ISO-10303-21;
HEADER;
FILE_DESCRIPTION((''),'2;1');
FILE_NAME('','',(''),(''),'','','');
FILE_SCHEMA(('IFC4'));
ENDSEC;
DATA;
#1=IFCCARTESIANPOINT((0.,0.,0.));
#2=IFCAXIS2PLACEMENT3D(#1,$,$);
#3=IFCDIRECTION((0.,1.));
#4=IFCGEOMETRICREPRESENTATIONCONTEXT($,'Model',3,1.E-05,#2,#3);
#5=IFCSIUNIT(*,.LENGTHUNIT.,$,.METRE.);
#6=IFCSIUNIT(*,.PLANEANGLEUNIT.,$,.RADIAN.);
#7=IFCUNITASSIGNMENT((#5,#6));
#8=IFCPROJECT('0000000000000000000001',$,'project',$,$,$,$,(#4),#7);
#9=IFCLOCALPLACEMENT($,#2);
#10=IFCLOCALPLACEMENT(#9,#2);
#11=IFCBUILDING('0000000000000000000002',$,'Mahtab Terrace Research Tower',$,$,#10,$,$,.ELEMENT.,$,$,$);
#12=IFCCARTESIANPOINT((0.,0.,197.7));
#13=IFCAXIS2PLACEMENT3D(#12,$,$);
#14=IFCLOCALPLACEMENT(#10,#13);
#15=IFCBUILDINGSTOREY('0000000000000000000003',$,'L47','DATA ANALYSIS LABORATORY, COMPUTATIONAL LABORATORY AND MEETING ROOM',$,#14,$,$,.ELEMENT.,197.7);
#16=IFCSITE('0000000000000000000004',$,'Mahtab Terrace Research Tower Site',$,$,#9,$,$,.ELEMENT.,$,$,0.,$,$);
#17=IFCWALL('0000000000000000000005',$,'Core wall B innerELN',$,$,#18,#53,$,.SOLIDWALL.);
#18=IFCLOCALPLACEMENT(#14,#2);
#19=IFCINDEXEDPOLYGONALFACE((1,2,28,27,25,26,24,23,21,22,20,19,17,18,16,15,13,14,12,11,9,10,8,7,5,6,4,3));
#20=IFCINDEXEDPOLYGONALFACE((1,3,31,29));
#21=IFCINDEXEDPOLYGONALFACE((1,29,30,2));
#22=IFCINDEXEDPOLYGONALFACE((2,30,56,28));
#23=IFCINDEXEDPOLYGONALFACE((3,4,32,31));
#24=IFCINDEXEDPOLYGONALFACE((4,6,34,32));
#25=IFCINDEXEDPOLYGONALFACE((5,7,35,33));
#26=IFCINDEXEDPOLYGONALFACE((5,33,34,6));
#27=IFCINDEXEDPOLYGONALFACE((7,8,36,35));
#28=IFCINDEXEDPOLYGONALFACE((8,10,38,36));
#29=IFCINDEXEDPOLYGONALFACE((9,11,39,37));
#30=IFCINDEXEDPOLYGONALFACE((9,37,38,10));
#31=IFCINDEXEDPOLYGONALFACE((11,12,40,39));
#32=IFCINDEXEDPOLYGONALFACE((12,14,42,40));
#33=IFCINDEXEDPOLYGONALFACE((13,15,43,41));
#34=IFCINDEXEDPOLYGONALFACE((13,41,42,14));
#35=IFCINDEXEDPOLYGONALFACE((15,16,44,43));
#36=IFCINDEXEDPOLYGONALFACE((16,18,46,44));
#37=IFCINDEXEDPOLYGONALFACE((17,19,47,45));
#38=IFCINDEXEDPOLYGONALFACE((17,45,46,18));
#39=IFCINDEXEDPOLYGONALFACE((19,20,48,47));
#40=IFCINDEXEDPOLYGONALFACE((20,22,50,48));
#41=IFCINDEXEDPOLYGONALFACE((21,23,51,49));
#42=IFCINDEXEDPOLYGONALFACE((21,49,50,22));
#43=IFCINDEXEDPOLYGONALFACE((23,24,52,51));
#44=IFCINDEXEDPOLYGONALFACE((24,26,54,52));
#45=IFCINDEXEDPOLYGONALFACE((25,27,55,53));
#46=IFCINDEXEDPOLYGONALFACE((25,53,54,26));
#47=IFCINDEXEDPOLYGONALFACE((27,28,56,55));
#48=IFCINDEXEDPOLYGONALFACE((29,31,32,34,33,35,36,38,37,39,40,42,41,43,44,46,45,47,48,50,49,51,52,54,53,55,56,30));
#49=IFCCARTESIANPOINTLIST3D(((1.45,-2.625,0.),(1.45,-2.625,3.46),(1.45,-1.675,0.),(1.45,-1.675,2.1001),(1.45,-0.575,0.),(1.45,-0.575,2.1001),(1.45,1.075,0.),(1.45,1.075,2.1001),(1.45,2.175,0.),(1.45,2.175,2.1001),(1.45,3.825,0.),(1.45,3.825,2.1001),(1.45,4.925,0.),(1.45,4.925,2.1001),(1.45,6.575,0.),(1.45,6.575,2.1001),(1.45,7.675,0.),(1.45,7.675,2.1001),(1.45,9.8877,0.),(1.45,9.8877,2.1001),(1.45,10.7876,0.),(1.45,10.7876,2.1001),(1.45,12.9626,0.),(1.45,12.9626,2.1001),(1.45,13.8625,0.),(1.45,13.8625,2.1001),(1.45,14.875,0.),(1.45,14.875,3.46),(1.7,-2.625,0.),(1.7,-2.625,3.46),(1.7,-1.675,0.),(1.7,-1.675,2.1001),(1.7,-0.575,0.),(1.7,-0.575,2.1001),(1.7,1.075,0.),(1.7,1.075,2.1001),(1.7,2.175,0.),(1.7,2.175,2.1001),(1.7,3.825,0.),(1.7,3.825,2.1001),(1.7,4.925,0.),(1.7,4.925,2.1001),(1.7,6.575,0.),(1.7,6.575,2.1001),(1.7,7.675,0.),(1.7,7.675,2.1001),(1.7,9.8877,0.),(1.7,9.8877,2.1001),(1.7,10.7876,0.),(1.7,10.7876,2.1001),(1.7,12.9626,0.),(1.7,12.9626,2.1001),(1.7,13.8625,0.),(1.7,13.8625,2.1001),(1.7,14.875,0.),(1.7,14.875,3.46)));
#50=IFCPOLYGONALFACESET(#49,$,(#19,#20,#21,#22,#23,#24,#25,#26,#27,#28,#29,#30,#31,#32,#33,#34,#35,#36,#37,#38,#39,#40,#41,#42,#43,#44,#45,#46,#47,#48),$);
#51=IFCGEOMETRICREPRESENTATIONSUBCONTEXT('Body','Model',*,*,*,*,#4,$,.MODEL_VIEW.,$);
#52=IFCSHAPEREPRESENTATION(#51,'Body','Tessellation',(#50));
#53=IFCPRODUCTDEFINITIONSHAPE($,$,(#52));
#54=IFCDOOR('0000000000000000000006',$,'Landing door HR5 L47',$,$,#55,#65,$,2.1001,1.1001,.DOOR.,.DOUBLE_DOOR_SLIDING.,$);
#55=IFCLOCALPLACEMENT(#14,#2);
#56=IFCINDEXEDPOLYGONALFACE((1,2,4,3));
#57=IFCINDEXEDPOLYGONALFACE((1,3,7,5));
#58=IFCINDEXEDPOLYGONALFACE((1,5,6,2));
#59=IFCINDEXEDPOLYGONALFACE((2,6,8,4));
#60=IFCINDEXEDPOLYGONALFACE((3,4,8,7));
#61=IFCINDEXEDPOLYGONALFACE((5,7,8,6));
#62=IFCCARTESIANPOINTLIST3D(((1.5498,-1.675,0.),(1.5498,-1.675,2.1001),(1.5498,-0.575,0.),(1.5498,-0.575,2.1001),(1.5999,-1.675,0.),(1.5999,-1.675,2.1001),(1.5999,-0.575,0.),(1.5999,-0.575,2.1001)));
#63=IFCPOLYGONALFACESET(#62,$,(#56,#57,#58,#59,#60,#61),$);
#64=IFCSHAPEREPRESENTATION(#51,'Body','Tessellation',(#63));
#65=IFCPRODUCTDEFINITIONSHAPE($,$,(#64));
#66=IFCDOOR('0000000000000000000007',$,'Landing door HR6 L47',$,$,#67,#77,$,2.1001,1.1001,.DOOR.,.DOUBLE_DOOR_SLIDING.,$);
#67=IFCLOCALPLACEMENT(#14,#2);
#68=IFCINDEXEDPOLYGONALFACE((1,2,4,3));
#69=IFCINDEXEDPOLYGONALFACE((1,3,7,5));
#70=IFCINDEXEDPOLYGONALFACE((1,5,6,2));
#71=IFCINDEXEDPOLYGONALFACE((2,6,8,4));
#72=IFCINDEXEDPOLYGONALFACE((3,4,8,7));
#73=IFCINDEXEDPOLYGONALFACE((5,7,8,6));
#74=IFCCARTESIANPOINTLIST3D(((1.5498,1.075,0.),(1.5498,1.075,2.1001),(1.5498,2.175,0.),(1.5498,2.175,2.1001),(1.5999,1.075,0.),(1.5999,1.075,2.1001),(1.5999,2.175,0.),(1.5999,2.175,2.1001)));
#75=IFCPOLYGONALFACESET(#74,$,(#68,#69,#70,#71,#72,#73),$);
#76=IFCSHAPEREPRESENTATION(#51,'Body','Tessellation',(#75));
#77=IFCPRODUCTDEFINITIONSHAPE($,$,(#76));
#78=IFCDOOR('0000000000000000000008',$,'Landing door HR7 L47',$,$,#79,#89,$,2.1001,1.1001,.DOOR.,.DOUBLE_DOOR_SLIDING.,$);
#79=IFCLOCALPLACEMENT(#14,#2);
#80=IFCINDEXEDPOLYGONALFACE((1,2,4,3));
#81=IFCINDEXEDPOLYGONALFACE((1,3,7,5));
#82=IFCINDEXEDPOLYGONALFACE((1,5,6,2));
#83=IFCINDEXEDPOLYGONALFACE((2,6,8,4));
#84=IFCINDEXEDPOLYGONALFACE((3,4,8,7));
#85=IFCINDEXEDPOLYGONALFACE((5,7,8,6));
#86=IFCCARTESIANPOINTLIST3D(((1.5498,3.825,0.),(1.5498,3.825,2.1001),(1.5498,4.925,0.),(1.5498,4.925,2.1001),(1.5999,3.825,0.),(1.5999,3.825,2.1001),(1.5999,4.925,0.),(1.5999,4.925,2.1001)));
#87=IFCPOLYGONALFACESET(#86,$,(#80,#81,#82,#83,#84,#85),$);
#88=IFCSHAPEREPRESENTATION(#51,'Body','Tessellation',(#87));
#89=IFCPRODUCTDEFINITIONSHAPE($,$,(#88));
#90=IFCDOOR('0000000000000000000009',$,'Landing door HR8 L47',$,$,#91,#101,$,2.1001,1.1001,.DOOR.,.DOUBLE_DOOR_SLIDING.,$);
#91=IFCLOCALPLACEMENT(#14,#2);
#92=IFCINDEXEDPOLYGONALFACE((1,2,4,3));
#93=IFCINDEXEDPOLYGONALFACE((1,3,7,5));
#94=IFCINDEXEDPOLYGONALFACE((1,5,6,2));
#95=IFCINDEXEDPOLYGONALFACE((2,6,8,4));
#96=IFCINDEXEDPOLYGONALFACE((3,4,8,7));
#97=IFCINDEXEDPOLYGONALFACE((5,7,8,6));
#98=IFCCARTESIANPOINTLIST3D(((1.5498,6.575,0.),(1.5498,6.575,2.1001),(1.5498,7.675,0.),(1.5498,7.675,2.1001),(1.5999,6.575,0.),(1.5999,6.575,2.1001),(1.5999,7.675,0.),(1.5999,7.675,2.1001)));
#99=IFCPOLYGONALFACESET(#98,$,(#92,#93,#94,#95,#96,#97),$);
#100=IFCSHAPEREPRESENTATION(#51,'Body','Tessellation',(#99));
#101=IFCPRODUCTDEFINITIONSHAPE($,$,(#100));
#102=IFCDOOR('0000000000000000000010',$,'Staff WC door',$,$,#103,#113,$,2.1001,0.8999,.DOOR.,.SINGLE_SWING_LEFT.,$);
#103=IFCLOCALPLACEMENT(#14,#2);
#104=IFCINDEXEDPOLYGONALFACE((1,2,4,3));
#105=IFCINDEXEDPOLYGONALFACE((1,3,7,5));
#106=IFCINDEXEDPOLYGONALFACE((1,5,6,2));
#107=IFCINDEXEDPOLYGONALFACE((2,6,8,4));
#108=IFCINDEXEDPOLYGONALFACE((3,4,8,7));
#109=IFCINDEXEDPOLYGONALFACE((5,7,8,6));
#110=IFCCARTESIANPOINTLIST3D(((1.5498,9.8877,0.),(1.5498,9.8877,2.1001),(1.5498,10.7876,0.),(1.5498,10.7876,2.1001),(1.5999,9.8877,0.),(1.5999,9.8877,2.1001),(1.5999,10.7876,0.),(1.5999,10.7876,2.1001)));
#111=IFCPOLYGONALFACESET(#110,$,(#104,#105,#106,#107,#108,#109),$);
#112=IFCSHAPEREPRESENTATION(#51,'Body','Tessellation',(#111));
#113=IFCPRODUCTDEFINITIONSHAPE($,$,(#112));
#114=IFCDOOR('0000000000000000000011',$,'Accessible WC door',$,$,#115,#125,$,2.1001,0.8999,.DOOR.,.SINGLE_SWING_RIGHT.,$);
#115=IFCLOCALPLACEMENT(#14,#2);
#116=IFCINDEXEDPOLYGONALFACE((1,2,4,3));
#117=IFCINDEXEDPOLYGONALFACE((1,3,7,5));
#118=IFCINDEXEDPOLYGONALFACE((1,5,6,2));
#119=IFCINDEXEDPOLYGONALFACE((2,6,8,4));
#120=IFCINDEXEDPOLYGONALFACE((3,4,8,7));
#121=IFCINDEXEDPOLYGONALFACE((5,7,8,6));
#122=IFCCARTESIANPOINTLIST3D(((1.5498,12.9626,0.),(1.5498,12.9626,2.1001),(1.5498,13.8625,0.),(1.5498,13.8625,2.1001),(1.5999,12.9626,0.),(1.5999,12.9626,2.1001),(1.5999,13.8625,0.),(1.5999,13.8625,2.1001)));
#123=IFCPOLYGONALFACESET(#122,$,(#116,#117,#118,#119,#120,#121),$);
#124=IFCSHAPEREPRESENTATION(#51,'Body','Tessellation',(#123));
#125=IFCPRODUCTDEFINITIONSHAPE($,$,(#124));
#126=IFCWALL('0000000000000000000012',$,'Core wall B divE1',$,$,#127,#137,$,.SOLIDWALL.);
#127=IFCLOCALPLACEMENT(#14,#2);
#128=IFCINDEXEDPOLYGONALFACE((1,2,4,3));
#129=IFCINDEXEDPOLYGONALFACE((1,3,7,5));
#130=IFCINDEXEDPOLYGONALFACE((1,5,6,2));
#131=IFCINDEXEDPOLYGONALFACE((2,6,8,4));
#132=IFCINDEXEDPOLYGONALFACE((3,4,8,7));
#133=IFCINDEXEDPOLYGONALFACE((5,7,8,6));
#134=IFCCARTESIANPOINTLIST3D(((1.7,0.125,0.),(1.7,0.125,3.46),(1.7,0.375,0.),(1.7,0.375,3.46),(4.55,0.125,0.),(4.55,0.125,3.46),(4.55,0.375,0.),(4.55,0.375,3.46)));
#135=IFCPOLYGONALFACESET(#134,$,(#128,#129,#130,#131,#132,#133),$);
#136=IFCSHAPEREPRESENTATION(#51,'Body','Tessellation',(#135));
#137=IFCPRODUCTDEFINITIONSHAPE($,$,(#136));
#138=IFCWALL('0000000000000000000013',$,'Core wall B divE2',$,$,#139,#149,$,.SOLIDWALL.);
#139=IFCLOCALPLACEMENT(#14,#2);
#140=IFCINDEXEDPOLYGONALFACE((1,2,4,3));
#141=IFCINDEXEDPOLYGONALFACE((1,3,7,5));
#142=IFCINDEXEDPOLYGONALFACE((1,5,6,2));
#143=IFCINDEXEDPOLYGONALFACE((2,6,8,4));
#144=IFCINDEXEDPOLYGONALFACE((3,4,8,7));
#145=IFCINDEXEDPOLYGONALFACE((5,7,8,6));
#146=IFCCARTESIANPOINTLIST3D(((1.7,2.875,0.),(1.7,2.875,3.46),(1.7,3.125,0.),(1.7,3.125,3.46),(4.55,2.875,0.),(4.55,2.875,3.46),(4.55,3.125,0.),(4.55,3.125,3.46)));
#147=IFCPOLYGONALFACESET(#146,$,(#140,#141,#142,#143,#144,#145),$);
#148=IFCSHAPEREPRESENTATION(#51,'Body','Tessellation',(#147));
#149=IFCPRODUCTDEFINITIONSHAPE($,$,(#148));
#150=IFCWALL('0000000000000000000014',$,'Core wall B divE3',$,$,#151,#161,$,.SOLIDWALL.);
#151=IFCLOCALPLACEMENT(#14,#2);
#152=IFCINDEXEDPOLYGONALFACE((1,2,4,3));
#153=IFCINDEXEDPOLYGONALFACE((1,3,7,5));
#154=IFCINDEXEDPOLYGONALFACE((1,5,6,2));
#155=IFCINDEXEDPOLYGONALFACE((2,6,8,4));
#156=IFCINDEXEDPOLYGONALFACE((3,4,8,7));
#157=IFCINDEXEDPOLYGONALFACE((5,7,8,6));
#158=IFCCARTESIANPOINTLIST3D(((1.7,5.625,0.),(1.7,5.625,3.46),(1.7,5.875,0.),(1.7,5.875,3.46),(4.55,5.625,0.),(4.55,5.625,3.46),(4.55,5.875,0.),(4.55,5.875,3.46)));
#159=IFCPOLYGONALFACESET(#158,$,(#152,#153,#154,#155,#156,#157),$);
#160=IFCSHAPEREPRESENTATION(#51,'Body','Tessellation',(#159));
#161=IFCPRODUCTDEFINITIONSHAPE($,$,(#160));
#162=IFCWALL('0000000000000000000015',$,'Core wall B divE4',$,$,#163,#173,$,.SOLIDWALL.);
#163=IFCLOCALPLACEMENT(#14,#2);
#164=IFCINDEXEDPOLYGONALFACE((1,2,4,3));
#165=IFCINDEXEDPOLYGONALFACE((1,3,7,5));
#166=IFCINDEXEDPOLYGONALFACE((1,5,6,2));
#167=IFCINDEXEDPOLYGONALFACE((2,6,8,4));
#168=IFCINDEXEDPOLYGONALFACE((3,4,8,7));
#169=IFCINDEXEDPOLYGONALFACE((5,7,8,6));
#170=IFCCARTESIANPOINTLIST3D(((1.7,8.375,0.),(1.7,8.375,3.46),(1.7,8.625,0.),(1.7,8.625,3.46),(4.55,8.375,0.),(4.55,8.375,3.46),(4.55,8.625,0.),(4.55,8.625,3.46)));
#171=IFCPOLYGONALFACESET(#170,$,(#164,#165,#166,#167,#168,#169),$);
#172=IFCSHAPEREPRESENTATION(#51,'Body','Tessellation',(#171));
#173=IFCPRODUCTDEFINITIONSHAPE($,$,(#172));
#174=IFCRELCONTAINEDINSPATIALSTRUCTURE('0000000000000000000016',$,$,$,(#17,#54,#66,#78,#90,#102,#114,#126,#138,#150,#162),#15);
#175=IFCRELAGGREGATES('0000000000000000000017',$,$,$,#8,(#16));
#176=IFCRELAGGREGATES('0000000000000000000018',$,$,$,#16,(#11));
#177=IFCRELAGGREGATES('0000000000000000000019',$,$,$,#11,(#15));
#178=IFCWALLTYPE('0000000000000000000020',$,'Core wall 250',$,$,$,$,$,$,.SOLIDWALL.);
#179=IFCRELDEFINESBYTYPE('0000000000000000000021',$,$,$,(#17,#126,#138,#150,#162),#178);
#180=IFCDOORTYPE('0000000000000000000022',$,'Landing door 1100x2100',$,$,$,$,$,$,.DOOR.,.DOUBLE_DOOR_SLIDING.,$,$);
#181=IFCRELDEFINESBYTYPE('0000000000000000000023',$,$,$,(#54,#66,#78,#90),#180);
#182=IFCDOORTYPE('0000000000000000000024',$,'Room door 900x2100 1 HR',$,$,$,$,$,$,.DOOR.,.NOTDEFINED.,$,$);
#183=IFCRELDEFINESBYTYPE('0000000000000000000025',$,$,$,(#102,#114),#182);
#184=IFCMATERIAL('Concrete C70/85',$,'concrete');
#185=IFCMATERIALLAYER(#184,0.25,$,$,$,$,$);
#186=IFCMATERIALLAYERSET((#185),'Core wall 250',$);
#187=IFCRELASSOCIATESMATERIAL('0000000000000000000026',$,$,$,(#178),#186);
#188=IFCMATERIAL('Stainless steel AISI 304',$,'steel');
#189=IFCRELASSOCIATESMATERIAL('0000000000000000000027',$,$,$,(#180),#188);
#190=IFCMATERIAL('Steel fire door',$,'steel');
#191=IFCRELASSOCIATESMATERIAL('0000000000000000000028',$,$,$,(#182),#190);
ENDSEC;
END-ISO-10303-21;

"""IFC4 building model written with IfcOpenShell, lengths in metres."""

from ifc_helpers import new_model, si_unit, direction, frame, frame_2d, origin, place, context, subcontext, project, spatial, rectangle, extrude, material, layer, layer_set, type_object, element, fill, save


model = new_model("IFC4")

# Units and contexts
model_context = context("Model", 3, precision=1e-05, world=origin(), true_north=direction((0.0, 1.0)))
body_context = subcontext(model_context, "Body", "Model", "MODEL_VIEW")
ifc_project = project(units=[si_unit("LENGTHUNIT", "METRE"), si_unit("PLANEANGLEUNIT", "RADIAN")], contexts=[model_context])

# Site, building, storey
site_placement = place(None, origin())
site = spatial("IfcSite", under=ifc_project, at=site_placement, Name="Mahtab Terrace Research Tower Site", CompositionType="ELEMENT", RefElevation=0.0)
building_placement = place(site_placement, origin())
building = spatial("IfcBuilding", under=site, at=building_placement, Name="Mahtab Terrace Research Tower", CompositionType="ELEMENT")
storey_placement = place(building_placement, frame((0.0, 0.0, 197.7)))
storey = spatial("IfcBuildingStorey", under=building, at=storey_placement, Name="L47", Description="DATA ANALYSIS LABORATORY, COMPUTATIONAL LABORATORY AND MEETING ROOM", CompositionType="ELEMENT", Elevation=197.7)

# Shared definitions
ifc_material_1 = material(Name="Concrete C70/85", Category="concrete")

# Wall, openings, doors
ifc_layer_1 = layer(ifc_material_1, 0.25)
ifc_layer_set_1 = layer_set([ifc_layer_1], Name="Core wall 250")
wall_type_1 = type_object("IfcWallType", Name="Core wall 250", PredefinedType="SOLIDWALL", material=ifc_layer_set_1)
wall_1_placement = place(storey_placement, frame((1.575, 14.875, 0.0), z_axis=(0.0, 0.0, 1.0), x_axis=(0.0, -1.0, 0.0)))
wall_1 = element("IfcWall", 1, at=wall_1_placement, inside=storey, type_object=wall_type_1, Name="Core wall B innerELN", PredefinedType="SOLIDWALL", context=body_context, shape_type="SweptSolid", body=[
    extrude(rectangle(XDim=17.5, YDim=0.25, at=frame_2d((8.75, 0.0))), origin(), (0.0, 0.0, 1.0), 3.46),
])
opening_1_placement = place(wall_1_placement, frame((15.45, 0.0, 0.0)))
opening_1 = element("IfcOpeningElement", 2, at=opening_1_placement, cuts=wall_1, PredefinedType="OPENING", context=body_context, shape_type="SweptSolid", body=[
    extrude(rectangle(XDim=1.1001, YDim=2.1001, at=frame_2d((0.55, 1.05))), frame((0.0, 0.135, 0.0), z_axis=(0.0, -1.0, 0.0), x_axis=(1.0, 0.0, 0.0)), (0.0, 0.0, 1.0), 0.27),
])
opening_2_placement = place(wall_1_placement, frame((12.7, 0.0, 0.0)))
opening_2 = element("IfcOpeningElement", 3, at=opening_2_placement, cuts=wall_1, PredefinedType="OPENING", context=body_context, shape_type="SweptSolid", body=[
    extrude(rectangle(XDim=1.1001, YDim=2.1001, at=frame_2d((0.55, 1.05))), frame((0.0, 0.135, 0.0), z_axis=(0.0, -1.0, 0.0), x_axis=(1.0, 0.0, 0.0)), (0.0, 0.0, 1.0), 0.27),
])
opening_3_placement = place(wall_1_placement, frame((9.95, 0.0, 0.0)))
opening_3 = element("IfcOpeningElement", 4, at=opening_3_placement, cuts=wall_1, PredefinedType="OPENING", context=body_context, shape_type="SweptSolid", body=[
    extrude(rectangle(XDim=1.1001, YDim=2.1001, at=frame_2d((0.55, 1.05))), frame((0.0, 0.135, 0.0), z_axis=(0.0, -1.0, 0.0), x_axis=(1.0, 0.0, 0.0)), (0.0, 0.0, 1.0), 0.27),
])
opening_4_placement = place(wall_1_placement, frame((7.2, 0.0, 0.0)))
opening_4 = element("IfcOpeningElement", 5, at=opening_4_placement, cuts=wall_1, PredefinedType="OPENING", context=body_context, shape_type="SweptSolid", body=[
    extrude(rectangle(XDim=1.1001, YDim=2.1001, at=frame_2d((0.55, 1.05))), frame((0.0, 0.135, 0.0), z_axis=(0.0, -1.0, 0.0), x_axis=(1.0, 0.0, 0.0)), (0.0, 0.0, 1.0), 0.27),
])
opening_5_placement = place(wall_1_placement, frame((4.0874, 0.0, 0.0)))
opening_5 = element("IfcOpeningElement", 6, at=opening_5_placement, cuts=wall_1, PredefinedType="OPENING", context=body_context, shape_type="SweptSolid", body=[
    extrude(rectangle(XDim=0.8999, YDim=2.1001, at=frame_2d((0.45, 1.05))), frame((0.0, 0.135, 0.0), z_axis=(0.0, -1.0, 0.0), x_axis=(1.0, 0.0, 0.0)), (0.0, 0.0, 1.0), 0.27),
])
opening_6_placement = place(wall_1_placement, frame((1.0125, 0.0, 0.0)))
opening_6 = element("IfcOpeningElement", 7, at=opening_6_placement, cuts=wall_1, PredefinedType="OPENING", context=body_context, shape_type="SweptSolid", body=[
    extrude(rectangle(XDim=0.8999, YDim=2.1001, at=frame_2d((0.45, 1.05))), frame((0.0, 0.135, 0.0), z_axis=(0.0, -1.0, 0.0), x_axis=(1.0, 0.0, 0.0)), (0.0, 0.0, 1.0), 0.27),
])
ifc_material_2 = material(Name="Stainless steel AISI 304", Category="steel")
door_type_1 = type_object("IfcDoorType", Name="Landing door 1100x2100", OperationType="DOUBLE_DOOR_SLIDING", PredefinedType="DOOR", material=ifc_material_2)
door_1_placement = place(opening_1_placement, origin())
door_1 = element("IfcDoor", 8, at=door_1_placement, inside=storey, type_object=door_type_1, Name="Landing door HR5 L47", OperationType="DOUBLE_DOOR_SLIDING", OverallHeight=2.1001, OverallWidth=1.1001, PredefinedType="DOOR", context=body_context, shape_type="SweptSolid", body=[
    extrude(rectangle(XDim=1.1001, YDim=2.1001, at=frame_2d((0.55, 1.05))), frame((0.0, 0.0249, 0.0), z_axis=(0.0, -1.0, 0.0), x_axis=(1.0, 0.0, 0.0)), (0.0, 0.0, 1.0), 0.05),
])
fill(opening_1, door_1)
door_2_placement = place(opening_2_placement, origin())
door_2 = element("IfcDoor", 9, at=door_2_placement, inside=storey, type_object=door_type_1, Name="Landing door HR6 L47", OperationType="DOUBLE_DOOR_SLIDING", OverallHeight=2.1001, OverallWidth=1.1001, PredefinedType="DOOR", context=body_context, shape_type="SweptSolid", body=[
    extrude(rectangle(XDim=1.1001, YDim=2.1001, at=frame_2d((0.55, 1.05))), frame((0.0, 0.0249, 0.0), z_axis=(0.0, -1.0, 0.0), x_axis=(1.0, 0.0, 0.0)), (0.0, 0.0, 1.0), 0.05),
])
fill(opening_2, door_2)
door_3_placement = place(opening_3_placement, origin())
door_3 = element("IfcDoor", 10, at=door_3_placement, inside=storey, type_object=door_type_1, Name="Landing door HR7 L47", OperationType="DOUBLE_DOOR_SLIDING", OverallHeight=2.1001, OverallWidth=1.1001, PredefinedType="DOOR", context=body_context, shape_type="SweptSolid", body=[
    extrude(rectangle(XDim=1.1001, YDim=2.1001, at=frame_2d((0.55, 1.05))), frame((0.0, 0.0249, 0.0), z_axis=(0.0, -1.0, 0.0), x_axis=(1.0, 0.0, 0.0)), (0.0, 0.0, 1.0), 0.05),
])
fill(opening_3, door_3)
door_4_placement = place(opening_4_placement, origin())
door_4 = element("IfcDoor", 11, at=door_4_placement, inside=storey, type_object=door_type_1, Name="Landing door HR8 L47", OperationType="DOUBLE_DOOR_SLIDING", OverallHeight=2.1001, OverallWidth=1.1001, PredefinedType="DOOR", context=body_context, shape_type="SweptSolid", body=[
    extrude(rectangle(XDim=1.1001, YDim=2.1001, at=frame_2d((0.55, 1.05))), frame((0.0, 0.0249, 0.0), z_axis=(0.0, -1.0, 0.0), x_axis=(1.0, 0.0, 0.0)), (0.0, 0.0, 1.0), 0.05),
])
fill(opening_4, door_4)
ifc_material_3 = material(Name="Steel fire door", Category="steel")
door_type_2 = type_object("IfcDoorType", Name="Room door 900x2100 1 HR", OperationType="NOTDEFINED", PredefinedType="DOOR", material=ifc_material_3)
door_5_placement = place(opening_5_placement, origin())
door_5 = element("IfcDoor", 12, at=door_5_placement, inside=storey, type_object=door_type_2, Name="Staff WC door", OperationType="SINGLE_SWING_LEFT", OverallHeight=2.1001, OverallWidth=0.8999, PredefinedType="DOOR", context=body_context, shape_type="SweptSolid", body=[
    extrude(rectangle(XDim=0.8999, YDim=2.1001, at=frame_2d((0.45, 1.05))), frame((0.0, 0.0249, 0.0), z_axis=(0.0, -1.0, 0.0), x_axis=(1.0, 0.0, 0.0)), (0.0, 0.0, 1.0), 0.05),
])
fill(opening_5, door_5)
door_6_placement = place(opening_6_placement, origin())
door_6 = element("IfcDoor", 13, at=door_6_placement, inside=storey, type_object=door_type_2, Name="Accessible WC door", OperationType="SINGLE_SWING_RIGHT", OverallHeight=2.1001, OverallWidth=0.8999, PredefinedType="DOOR", context=body_context, shape_type="SweptSolid", body=[
    extrude(rectangle(XDim=0.8999, YDim=2.1001, at=frame_2d((0.45, 1.05))), frame((0.0, 0.0249, 0.0), z_axis=(0.0, -1.0, 0.0), x_axis=(1.0, 0.0, 0.0)), (0.0, 0.0, 1.0), 0.05),
])
fill(opening_6, door_6)

# Walls
for number, where, z_axis, x_axis, name in (
    (14, (1.7, 0.25, 0.0), (0.0, 0.0, 1.0), (1.0, 0.0, 0.0), "Core wall B divE1"),
    (15, (1.7, 3.0, 0.0), (0.0, 0.0, 1.0), (1.0, 0.0, 0.0), "Core wall B divE2"),
    (16, (1.7, 5.75, 0.0), (0.0, 0.0, 1.0), (1.0, 0.0, 0.0), "Core wall B divE3"),
    (17, (1.7, 8.5, 0.0), (0.0, 0.0, 1.0), (1.0, 0.0, 0.0), "Core wall B divE4"),
):
    element("IfcWall", number, at=place(storey_placement, frame(where, z_axis=z_axis, x_axis=x_axis)), inside=storey, type_object=wall_type_1, Name=name, PredefinedType="SOLIDWALL", context=body_context, shape_type="SweptSolid", body=[
        extrude(rectangle(XDim=2.8501, YDim=0.25, at=frame_2d((1.425, 0.0))), origin(), (0.0, 0.0, 1.0), 3.46),
    ])

save(model, "model.ifc")
